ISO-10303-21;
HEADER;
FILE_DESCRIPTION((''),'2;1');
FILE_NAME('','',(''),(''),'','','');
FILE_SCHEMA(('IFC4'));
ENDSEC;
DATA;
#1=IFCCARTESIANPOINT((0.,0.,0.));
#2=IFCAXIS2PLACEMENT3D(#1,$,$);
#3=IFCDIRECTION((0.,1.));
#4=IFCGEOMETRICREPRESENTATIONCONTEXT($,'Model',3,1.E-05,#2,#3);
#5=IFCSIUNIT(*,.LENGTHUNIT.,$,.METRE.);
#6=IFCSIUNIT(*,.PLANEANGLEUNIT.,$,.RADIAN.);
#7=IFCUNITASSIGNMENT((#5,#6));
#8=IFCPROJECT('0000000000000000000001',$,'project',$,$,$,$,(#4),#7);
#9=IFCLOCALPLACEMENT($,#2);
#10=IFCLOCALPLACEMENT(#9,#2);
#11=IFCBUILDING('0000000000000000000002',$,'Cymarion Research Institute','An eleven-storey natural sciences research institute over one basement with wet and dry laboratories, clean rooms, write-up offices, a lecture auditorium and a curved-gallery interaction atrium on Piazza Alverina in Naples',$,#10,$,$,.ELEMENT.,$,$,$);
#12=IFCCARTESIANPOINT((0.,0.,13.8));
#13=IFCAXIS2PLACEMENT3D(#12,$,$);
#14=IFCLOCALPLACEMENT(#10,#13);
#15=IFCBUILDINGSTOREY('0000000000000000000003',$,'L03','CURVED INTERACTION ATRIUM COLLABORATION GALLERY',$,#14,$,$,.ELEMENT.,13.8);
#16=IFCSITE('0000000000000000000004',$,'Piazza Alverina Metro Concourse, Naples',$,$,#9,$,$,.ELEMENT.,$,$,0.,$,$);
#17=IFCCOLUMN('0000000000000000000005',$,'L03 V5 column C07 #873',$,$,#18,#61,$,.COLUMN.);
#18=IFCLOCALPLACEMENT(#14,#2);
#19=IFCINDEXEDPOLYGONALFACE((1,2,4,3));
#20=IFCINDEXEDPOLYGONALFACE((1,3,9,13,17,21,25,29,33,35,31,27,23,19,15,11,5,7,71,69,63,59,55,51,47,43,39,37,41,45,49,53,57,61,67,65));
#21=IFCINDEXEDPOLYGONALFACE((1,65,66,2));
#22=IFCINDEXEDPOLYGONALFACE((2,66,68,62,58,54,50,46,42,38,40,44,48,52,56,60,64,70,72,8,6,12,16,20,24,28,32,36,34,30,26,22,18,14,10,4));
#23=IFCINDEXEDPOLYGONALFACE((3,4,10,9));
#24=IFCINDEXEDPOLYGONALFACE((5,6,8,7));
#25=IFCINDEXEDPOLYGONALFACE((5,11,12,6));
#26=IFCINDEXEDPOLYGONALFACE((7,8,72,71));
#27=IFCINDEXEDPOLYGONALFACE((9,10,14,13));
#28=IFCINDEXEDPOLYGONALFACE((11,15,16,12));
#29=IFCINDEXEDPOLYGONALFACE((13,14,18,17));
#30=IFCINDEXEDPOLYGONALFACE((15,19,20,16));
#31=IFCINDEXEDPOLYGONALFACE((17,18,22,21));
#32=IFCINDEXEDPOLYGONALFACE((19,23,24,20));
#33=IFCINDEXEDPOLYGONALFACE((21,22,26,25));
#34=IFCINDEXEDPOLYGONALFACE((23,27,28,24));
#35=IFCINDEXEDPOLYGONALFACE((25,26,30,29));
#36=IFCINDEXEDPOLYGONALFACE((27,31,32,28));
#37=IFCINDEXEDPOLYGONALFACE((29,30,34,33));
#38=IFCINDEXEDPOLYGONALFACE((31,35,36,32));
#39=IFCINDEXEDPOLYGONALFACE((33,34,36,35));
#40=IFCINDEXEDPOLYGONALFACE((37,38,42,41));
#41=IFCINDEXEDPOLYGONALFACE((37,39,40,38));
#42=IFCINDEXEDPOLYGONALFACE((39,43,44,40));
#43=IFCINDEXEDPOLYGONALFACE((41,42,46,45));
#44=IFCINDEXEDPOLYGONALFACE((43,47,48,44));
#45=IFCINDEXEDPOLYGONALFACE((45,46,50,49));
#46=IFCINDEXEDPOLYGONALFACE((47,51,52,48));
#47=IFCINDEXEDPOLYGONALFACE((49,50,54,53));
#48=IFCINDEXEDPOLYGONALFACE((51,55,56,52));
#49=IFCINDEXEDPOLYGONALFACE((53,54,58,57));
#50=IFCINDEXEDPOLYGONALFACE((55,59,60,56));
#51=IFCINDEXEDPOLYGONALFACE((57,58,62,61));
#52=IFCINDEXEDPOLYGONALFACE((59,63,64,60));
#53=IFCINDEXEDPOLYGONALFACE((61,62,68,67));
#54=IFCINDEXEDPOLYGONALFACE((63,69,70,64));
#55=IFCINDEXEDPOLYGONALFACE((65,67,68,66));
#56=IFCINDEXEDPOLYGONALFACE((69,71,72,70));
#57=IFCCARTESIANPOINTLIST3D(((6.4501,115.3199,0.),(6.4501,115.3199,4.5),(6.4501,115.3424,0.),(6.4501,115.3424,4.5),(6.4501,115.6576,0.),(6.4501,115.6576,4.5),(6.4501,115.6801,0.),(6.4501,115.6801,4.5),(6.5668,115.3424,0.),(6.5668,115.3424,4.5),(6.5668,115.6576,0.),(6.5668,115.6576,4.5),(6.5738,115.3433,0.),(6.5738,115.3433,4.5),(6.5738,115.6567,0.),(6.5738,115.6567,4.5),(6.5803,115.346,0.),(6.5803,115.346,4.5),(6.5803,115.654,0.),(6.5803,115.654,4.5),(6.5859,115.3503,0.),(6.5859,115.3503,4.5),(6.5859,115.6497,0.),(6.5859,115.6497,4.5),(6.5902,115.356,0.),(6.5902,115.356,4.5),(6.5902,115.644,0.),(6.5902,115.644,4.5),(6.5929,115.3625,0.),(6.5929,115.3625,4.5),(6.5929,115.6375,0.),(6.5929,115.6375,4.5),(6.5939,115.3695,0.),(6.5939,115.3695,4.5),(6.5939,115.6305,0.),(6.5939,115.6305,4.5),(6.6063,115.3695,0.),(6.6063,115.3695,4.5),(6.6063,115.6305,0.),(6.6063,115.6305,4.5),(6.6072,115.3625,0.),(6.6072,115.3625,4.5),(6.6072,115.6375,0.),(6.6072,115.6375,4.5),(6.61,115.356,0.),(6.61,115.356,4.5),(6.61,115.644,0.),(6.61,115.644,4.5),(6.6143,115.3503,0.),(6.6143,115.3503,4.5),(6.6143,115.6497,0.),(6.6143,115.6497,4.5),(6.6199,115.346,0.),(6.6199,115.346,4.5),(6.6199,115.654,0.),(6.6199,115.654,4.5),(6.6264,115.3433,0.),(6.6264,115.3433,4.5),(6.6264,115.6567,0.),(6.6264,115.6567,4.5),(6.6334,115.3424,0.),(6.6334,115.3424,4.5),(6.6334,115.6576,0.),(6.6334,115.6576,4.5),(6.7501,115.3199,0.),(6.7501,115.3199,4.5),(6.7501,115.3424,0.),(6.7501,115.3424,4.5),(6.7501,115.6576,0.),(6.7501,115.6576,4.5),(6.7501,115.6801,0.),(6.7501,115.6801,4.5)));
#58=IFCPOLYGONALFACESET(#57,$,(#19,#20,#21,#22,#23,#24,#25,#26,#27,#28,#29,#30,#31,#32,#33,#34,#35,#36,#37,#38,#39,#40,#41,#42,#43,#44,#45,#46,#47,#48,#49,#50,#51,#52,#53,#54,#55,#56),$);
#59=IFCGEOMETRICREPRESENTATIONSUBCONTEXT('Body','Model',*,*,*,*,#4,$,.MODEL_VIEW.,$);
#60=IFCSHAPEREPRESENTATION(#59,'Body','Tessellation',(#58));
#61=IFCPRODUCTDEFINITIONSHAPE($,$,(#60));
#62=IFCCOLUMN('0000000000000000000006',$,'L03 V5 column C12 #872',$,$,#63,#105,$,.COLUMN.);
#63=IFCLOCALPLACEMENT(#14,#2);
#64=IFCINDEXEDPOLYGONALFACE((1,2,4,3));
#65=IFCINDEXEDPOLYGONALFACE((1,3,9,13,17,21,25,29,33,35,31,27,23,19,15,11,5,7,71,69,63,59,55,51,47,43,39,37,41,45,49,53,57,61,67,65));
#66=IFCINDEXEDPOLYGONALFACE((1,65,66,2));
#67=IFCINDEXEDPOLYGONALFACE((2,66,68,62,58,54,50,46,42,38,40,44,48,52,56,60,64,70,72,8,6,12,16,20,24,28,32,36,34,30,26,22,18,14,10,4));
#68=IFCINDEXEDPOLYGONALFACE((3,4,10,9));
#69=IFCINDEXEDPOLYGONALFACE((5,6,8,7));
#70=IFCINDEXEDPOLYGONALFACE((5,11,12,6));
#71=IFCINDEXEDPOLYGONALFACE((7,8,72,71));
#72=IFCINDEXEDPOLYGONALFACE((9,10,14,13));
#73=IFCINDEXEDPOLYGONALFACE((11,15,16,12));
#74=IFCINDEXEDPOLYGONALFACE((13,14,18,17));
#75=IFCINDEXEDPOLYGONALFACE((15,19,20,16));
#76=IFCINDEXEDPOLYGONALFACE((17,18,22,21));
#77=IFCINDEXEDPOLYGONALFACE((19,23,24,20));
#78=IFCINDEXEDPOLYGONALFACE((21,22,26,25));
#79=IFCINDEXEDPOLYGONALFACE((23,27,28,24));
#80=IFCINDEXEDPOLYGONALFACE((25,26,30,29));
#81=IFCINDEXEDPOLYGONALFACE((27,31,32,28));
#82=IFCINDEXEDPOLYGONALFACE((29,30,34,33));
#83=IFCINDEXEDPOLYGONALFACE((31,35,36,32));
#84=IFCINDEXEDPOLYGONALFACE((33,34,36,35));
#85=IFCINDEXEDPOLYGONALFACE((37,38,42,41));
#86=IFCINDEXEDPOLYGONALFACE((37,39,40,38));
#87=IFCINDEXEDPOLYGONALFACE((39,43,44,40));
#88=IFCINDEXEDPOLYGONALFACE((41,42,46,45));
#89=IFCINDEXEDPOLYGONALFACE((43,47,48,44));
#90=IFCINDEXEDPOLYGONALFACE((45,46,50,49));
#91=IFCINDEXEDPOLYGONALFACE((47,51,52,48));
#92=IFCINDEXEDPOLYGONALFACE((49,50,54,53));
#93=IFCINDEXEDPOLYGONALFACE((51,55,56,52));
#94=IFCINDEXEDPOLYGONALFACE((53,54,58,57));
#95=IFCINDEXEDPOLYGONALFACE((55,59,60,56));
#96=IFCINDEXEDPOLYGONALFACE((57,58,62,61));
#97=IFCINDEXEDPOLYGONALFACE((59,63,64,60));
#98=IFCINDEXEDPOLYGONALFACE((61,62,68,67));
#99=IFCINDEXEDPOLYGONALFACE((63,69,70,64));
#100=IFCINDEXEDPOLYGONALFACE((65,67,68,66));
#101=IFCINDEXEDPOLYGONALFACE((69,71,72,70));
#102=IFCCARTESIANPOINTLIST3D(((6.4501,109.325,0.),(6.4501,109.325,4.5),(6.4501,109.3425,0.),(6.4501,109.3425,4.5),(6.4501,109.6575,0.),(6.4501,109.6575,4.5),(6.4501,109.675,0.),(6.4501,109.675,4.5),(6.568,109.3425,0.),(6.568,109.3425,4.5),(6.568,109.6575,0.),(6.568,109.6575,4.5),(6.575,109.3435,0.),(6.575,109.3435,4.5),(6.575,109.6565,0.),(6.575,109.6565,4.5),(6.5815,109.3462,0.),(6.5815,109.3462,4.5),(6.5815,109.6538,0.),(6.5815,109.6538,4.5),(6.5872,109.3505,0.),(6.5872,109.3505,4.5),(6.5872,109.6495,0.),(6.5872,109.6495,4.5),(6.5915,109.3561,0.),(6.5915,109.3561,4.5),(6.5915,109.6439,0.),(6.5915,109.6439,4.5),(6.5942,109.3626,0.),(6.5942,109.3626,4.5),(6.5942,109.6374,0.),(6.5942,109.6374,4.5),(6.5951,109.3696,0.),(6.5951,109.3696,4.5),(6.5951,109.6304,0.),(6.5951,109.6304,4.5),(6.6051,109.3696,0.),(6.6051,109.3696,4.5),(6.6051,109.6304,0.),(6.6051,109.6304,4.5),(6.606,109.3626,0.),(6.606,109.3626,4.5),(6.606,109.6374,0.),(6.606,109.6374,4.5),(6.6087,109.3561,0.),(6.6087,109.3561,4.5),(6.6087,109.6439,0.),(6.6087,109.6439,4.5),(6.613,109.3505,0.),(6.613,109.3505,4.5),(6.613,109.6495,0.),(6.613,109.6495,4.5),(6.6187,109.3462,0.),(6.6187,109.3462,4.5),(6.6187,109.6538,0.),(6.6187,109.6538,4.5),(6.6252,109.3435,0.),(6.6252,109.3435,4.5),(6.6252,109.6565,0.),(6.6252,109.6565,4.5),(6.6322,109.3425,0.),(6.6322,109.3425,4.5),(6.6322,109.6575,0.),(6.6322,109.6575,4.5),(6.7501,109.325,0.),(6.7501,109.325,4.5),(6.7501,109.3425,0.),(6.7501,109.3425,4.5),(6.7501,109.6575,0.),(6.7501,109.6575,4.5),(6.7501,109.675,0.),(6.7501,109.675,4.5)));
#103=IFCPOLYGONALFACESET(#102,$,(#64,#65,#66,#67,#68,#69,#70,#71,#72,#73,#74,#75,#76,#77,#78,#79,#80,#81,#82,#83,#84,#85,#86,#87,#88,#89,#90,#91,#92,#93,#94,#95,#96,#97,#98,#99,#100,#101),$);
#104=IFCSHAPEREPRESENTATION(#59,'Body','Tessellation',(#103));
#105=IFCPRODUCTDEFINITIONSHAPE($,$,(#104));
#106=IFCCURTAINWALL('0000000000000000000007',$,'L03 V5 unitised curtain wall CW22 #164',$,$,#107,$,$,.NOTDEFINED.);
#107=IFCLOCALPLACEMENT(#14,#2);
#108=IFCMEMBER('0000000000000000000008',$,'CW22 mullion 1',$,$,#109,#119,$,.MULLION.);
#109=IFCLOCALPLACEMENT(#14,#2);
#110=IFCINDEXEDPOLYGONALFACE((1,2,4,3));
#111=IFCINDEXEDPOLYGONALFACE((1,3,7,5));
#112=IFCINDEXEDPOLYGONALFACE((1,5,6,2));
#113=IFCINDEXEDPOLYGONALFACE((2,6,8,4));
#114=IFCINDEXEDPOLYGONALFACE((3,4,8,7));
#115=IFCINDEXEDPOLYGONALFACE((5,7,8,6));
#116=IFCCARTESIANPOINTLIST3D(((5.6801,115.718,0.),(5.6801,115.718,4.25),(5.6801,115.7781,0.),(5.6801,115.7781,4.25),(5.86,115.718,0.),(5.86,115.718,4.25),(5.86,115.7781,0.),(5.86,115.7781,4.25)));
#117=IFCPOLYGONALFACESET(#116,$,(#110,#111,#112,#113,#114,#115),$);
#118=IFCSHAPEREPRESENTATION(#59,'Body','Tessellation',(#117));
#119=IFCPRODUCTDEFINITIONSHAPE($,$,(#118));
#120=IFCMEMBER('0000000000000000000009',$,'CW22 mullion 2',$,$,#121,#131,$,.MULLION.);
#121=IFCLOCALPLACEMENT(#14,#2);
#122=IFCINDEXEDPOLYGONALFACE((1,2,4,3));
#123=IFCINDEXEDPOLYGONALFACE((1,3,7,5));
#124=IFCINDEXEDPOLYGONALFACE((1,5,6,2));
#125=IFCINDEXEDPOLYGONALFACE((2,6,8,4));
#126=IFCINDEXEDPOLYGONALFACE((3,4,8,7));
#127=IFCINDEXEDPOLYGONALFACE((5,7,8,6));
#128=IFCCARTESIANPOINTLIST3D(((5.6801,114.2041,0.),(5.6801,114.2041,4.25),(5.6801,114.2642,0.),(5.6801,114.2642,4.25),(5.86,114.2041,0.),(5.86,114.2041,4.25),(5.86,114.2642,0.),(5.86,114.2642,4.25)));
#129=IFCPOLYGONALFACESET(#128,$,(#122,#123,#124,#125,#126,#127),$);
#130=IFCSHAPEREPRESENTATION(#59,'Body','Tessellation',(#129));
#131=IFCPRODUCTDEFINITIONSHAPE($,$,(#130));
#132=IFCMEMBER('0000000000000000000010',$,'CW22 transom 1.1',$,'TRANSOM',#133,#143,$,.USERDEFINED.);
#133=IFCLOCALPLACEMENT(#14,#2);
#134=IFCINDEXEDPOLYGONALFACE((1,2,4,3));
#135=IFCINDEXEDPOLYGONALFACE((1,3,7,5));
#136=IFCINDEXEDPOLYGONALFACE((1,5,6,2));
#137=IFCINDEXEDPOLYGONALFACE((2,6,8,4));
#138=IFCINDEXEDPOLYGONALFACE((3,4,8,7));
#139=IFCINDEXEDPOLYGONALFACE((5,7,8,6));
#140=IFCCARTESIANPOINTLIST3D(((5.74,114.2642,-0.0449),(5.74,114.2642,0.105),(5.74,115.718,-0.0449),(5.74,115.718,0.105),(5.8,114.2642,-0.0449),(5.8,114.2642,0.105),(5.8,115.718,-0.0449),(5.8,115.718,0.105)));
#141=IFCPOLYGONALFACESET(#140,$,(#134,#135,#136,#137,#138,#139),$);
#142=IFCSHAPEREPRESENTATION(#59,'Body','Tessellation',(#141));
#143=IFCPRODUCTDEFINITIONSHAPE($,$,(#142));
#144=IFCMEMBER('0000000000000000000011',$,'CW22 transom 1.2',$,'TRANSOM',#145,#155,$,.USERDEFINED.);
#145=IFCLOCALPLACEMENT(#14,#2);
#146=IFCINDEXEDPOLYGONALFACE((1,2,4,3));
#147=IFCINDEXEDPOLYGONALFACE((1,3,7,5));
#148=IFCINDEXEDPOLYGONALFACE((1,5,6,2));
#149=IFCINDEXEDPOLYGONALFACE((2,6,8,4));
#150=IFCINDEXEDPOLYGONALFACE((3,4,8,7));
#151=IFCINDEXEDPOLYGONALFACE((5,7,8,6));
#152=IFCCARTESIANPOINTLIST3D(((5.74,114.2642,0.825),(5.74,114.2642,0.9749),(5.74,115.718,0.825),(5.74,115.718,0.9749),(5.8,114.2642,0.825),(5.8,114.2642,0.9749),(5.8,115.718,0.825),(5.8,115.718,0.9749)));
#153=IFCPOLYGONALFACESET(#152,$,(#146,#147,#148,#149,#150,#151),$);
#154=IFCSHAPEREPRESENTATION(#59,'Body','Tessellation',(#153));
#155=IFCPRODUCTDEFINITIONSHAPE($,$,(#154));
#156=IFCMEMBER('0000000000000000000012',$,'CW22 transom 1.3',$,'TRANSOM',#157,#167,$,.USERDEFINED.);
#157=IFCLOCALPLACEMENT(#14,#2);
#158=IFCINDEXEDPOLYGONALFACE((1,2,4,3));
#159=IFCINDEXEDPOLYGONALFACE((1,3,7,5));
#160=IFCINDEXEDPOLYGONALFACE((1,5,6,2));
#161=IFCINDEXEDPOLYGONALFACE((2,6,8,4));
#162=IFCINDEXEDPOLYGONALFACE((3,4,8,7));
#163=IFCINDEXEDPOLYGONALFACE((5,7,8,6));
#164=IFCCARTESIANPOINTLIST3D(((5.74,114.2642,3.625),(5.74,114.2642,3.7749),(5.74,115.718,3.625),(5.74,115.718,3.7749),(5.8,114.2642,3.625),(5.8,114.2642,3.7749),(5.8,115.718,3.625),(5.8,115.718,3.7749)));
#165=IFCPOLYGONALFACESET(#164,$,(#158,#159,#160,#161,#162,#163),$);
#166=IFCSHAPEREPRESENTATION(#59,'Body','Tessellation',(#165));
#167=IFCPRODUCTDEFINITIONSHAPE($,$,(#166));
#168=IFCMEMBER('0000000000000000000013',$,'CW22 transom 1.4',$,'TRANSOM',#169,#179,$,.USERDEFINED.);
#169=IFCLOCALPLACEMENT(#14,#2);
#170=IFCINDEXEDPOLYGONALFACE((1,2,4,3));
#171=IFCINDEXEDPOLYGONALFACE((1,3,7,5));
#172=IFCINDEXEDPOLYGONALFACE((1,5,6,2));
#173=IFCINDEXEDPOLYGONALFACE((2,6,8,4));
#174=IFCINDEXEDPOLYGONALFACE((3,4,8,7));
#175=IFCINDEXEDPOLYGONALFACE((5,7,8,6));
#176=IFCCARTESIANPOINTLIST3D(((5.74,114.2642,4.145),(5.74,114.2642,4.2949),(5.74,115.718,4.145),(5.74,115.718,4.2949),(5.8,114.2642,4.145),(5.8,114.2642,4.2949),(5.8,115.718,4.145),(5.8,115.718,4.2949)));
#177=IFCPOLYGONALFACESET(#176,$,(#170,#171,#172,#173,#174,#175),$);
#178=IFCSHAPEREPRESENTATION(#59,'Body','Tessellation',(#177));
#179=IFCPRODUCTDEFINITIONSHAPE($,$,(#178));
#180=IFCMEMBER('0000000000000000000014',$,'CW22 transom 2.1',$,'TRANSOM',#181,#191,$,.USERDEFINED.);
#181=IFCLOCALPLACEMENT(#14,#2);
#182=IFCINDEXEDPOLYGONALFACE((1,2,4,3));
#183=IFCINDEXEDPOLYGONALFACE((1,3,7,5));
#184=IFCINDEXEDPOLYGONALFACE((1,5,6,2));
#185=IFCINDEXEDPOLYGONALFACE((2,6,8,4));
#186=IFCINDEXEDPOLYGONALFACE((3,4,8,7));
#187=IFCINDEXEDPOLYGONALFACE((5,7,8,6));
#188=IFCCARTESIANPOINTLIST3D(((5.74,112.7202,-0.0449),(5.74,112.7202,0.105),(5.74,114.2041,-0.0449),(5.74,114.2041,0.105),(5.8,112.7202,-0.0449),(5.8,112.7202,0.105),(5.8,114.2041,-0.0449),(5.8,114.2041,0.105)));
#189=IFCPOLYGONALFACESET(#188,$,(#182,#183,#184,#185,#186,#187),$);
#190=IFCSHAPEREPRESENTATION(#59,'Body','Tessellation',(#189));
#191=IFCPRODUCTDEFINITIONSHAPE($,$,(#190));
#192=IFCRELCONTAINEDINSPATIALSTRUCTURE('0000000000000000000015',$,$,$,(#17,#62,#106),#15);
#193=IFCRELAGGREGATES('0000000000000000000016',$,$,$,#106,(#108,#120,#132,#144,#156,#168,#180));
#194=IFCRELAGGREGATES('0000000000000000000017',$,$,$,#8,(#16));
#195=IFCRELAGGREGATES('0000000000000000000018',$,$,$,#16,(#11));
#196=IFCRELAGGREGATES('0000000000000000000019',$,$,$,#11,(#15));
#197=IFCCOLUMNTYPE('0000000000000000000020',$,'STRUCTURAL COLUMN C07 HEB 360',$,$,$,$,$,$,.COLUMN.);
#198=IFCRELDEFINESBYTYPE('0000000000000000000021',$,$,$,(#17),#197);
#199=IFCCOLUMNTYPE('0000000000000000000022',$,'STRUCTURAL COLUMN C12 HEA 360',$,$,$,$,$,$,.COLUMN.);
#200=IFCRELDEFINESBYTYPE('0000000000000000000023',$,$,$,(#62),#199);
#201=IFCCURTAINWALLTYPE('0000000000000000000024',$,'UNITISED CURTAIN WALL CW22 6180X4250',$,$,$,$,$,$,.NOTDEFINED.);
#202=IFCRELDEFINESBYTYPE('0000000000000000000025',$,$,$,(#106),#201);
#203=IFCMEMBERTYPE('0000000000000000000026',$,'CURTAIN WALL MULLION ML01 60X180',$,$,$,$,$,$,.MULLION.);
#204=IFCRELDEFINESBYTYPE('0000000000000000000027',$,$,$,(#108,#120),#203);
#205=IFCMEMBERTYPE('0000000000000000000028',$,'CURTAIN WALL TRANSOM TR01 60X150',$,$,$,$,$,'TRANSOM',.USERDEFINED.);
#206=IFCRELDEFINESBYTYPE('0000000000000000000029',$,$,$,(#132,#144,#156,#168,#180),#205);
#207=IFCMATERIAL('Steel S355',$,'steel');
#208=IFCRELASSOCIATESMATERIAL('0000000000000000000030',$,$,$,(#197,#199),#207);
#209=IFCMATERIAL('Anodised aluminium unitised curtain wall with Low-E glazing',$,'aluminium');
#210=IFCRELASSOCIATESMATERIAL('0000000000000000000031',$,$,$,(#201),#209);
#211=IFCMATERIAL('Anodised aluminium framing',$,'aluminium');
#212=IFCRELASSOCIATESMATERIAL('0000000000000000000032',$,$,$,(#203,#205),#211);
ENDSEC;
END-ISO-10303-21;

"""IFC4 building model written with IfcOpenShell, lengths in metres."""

from ifc_helpers import new_model, si_unit, direction, frame, origin, origin_2d, place, context, subcontext, project, spatial, rectangle, i_section, extrude, material, material_profile, profile_set, type_object, element, aggregate, save


model = new_model("IFC4")

# Units and contexts
model_context = context("Model", 3, precision=1e-05, world=origin(), true_north=direction((0.0, 1.0)))
body_context = subcontext(model_context, "Body", "Model", "MODEL_VIEW")
ifc_project = project(units=[si_unit("LENGTHUNIT", "METRE"), si_unit("PLANEANGLEUNIT", "RADIAN")], contexts=[model_context])

# Site, building, storey
site_placement = place(None, origin())
site = spatial("IfcSite", under=ifc_project, at=site_placement, Name="Piazza Alverina Metro Concourse, Naples", CompositionType="ELEMENT", RefElevation=0.0)
building_placement = place(site_placement, origin())
building = spatial("IfcBuilding", under=site, at=building_placement, Name="Cymarion Research Institute", Description="An eleven-storey natural sciences research institute over one basement with wet and dry laboratories, clean rooms, write-up offices, a lecture auditorium and a curved-gallery interaction atrium on Piazza Alverina in Naples", CompositionType="ELEMENT")
storey_placement = place(building_placement, frame((0.0, 0.0, 13.8)))
storey = spatial("IfcBuildingStorey", under=building, at=storey_placement, Name="L03", Description="CURVED INTERACTION ATRIUM COLLABORATION GALLERY", CompositionType="ELEMENT", Elevation=13.8)

# Columns
ifc_material_1 = material(Name="Steel S355", Category="steel")
ifc_material_profile_1 = material_profile(ifc_material_1, i_section(OverallWidth=0.3, OverallDepth=0.3601, WebThickness=0.0125, FlangeThickness=0.0225, FilletRadius=0.0271, at=origin_2d()), Name="HEB 360")
ifc_profile_set_1 = profile_set([ifc_material_profile_1], Name="Steel S355")
column_type_1 = type_object("IfcColumnType", Name="STRUCTURAL COLUMN C07 HEB 360", PredefinedType="COLUMN", material=ifc_profile_set_1)
column_1_placement = place(storey_placement, frame((6.6001, 115.5, 0.0), z_axis=(0.0, 0.0, 1.0), x_axis=(1.0, 0.0, 0.0)))
element("IfcColumn", 1, at=column_1_placement, inside=storey, type_object=column_type_1, Name="L03 V5 column C07 #873", PredefinedType="COLUMN", context=body_context, shape_type="SweptSolid", body=[
    extrude(i_section(OverallWidth=0.3, OverallDepth=0.3601, WebThickness=0.0125, FlangeThickness=0.0225, FilletRadius=0.0271, at=origin_2d()), origin(), (0.0, 0.0, 1.0), 4.5),
])
ifc_material_profile_2 = material_profile(ifc_material_1, i_section(OverallWidth=0.3, OverallDepth=0.3501, WebThickness=0.01, FlangeThickness=0.0176, FilletRadius=0.0271, at=origin_2d()), Name="HEA 360")
ifc_profile_set_2 = profile_set([ifc_material_profile_2], Name="Steel S355")
column_type_2 = type_object("IfcColumnType", Name="STRUCTURAL COLUMN C12 HEA 360", PredefinedType="COLUMN", material=ifc_profile_set_2)
column_2_placement = place(storey_placement, frame((6.6001, 109.5, 0.0), z_axis=(0.0, 0.0, 1.0), x_axis=(1.0, 0.0, 0.0)))
element("IfcColumn", 2, at=column_2_placement, inside=storey, type_object=column_type_2, Name="L03 V5 column C12 #872", PredefinedType="COLUMN", context=body_context, shape_type="SweptSolid", body=[
    extrude(i_section(OverallWidth=0.3, OverallDepth=0.3501, WebThickness=0.01, FlangeThickness=0.0176, FilletRadius=0.0271, at=origin_2d()), origin(), (0.0, 0.0, 1.0), 4.5),
])

# Curtain wall, members
ifc_material_2 = material(Name="Anodised aluminium unitised curtain wall with Low-E glazing", Category="aluminium")
curtain_wall_type = type_object("IfcCurtainWallType", Name="UNITISED CURTAIN WALL CW22 6180X4250", PredefinedType="NOTDEFINED", material=ifc_material_2)
curtain_wall_placement = place(storey_placement, origin())
curtain_wall = element("IfcCurtainWall", 3, at=curtain_wall_placement, inside=storey, type_object=curtain_wall_type, Name="L03 V5 unitised curtain wall CW22 #164", PredefinedType="NOTDEFINED")
ifc_material_3 = material(Name="Anodised aluminium framing", Category="aluminium")
ifc_material_profile_3 = material_profile(ifc_material_3, rectangle(XDim=0.0601, YDim=0.1799, at=origin_2d()), Name="ALU MULLION 60x180")
ifc_profile_set_3 = profile_set([ifc_material_profile_3], Name="Anodised aluminium framing")
member_type_1 = type_object("IfcMemberType", Name="CURTAIN WALL MULLION ML01 60X180", PredefinedType="MULLION", material=ifc_profile_set_3)
member_1_placement = place(storey_placement, frame((5.77, 115.748, 0.0), z_axis=(0.0, 0.0, 1.0), x_axis=(0.0, -1.0, 0.0)))
member_1 = element("IfcMember", 4, at=member_1_placement, type_object=member_type_1, Name="CW22 mullion 1", PredefinedType="MULLION", context=body_context, shape_type="SweptSolid", body=[
    extrude(rectangle(XDim=0.0601, YDim=0.1799, at=origin_2d()), origin(), (0.0, 0.0, 1.0), 4.25),
])
member_2_placement = place(storey_placement, frame((5.77, 114.2341, 0.0), z_axis=(0.0, 0.0, 1.0), x_axis=(0.0, -1.0, 0.0)))
member_2 = element("IfcMember", 5, at=member_2_placement, type_object=member_type_1, Name="CW22 mullion 2", PredefinedType="MULLION", context=body_context, shape_type="SweptSolid", body=[
    extrude(rectangle(XDim=0.0601, YDim=0.1799, at=origin_2d()), origin(), (0.0, 0.0, 1.0), 4.25),
])
ifc_material_profile_4 = material_profile(ifc_material_3, rectangle(XDim=0.0601, YDim=0.1499, at=origin_2d()), Name="ALU TRANSOM 60x150")
ifc_profile_set_4 = profile_set([ifc_material_profile_4], Name="Anodised aluminium framing")
member_type_2 = type_object("IfcMemberType", Name="CURTAIN WALL TRANSOM TR01 60X150", ElementType="TRANSOM", PredefinedType="USERDEFINED", material=ifc_profile_set_4)
member_3_placement = place(storey_placement, frame((5.77, 115.718, 0.03), z_axis=(0.0, -1.0, 0.0), x_axis=(1.0, 0.0, 0.0)))
member_3 = element("IfcMember", 6, at=member_3_placement, type_object=member_type_2, Name="CW22 transom 1.1", ObjectType="TRANSOM", PredefinedType="USERDEFINED", context=body_context, shape_type="SweptSolid", body=[
    extrude(rectangle(XDim=0.0601, YDim=0.1499, at=origin_2d()), origin(), (0.0, 0.0, 1.0), 1.4539),
])
member_4_placement = place(storey_placement, frame((5.77, 115.718, 0.8999), z_axis=(0.0, -1.0, 0.0), x_axis=(1.0, 0.0, 0.0)))
member_4 = element("IfcMember", 7, at=member_4_placement, type_object=member_type_2, Name="CW22 transom 1.2", ObjectType="TRANSOM", PredefinedType="USERDEFINED", context=body_context, shape_type="SweptSolid", body=[
    extrude(rectangle(XDim=0.0601, YDim=0.1499, at=origin_2d()), origin(), (0.0, 0.0, 1.0), 1.4539),
])
member_5_placement = place(storey_placement, frame((5.77, 115.718, 3.7), z_axis=(0.0, -1.0, 0.0), x_axis=(1.0, 0.0, 0.0)))
member_5 = element("IfcMember", 8, at=member_5_placement, type_object=member_type_2, Name="CW22 transom 1.3", ObjectType="TRANSOM", PredefinedType="USERDEFINED", context=body_context, shape_type="SweptSolid", body=[
    extrude(rectangle(XDim=0.0601, YDim=0.1499, at=origin_2d()), origin(), (0.0, 0.0, 1.0), 1.4539),
])
member_6_placement = place(storey_placement, frame((5.77, 115.718, 4.22), z_axis=(0.0, -1.0, 0.0), x_axis=(1.0, 0.0, 0.0)))
member_6 = element("IfcMember", 9, at=member_6_placement, type_object=member_type_2, Name="CW22 transom 1.4", ObjectType="TRANSOM", PredefinedType="USERDEFINED", context=body_context, shape_type="SweptSolid", body=[
    extrude(rectangle(XDim=0.0601, YDim=0.1499, at=origin_2d()), origin(), (0.0, 0.0, 1.0), 1.4539),
])
member_7_placement = place(storey_placement, frame((5.77, 114.2041, 0.03), z_axis=(0.0, -1.0, 0.0), x_axis=(1.0, 0.0, 0.0)))
member_7 = element("IfcMember", 10, at=member_7_placement, type_object=member_type_2, Name="CW22 transom 2.1", ObjectType="TRANSOM", PredefinedType="USERDEFINED", context=body_context, shape_type="SweptSolid", body=[
    extrude(rectangle(XDim=0.0601, YDim=0.1499, at=origin_2d()), origin(), (0.0, 0.0, 1.0), 1.4839),
])

aggregate(curtain_wall, [member_1, member_2, member_3, member_4, member_5, member_6, member_7])

save(model, "model.ifc")
